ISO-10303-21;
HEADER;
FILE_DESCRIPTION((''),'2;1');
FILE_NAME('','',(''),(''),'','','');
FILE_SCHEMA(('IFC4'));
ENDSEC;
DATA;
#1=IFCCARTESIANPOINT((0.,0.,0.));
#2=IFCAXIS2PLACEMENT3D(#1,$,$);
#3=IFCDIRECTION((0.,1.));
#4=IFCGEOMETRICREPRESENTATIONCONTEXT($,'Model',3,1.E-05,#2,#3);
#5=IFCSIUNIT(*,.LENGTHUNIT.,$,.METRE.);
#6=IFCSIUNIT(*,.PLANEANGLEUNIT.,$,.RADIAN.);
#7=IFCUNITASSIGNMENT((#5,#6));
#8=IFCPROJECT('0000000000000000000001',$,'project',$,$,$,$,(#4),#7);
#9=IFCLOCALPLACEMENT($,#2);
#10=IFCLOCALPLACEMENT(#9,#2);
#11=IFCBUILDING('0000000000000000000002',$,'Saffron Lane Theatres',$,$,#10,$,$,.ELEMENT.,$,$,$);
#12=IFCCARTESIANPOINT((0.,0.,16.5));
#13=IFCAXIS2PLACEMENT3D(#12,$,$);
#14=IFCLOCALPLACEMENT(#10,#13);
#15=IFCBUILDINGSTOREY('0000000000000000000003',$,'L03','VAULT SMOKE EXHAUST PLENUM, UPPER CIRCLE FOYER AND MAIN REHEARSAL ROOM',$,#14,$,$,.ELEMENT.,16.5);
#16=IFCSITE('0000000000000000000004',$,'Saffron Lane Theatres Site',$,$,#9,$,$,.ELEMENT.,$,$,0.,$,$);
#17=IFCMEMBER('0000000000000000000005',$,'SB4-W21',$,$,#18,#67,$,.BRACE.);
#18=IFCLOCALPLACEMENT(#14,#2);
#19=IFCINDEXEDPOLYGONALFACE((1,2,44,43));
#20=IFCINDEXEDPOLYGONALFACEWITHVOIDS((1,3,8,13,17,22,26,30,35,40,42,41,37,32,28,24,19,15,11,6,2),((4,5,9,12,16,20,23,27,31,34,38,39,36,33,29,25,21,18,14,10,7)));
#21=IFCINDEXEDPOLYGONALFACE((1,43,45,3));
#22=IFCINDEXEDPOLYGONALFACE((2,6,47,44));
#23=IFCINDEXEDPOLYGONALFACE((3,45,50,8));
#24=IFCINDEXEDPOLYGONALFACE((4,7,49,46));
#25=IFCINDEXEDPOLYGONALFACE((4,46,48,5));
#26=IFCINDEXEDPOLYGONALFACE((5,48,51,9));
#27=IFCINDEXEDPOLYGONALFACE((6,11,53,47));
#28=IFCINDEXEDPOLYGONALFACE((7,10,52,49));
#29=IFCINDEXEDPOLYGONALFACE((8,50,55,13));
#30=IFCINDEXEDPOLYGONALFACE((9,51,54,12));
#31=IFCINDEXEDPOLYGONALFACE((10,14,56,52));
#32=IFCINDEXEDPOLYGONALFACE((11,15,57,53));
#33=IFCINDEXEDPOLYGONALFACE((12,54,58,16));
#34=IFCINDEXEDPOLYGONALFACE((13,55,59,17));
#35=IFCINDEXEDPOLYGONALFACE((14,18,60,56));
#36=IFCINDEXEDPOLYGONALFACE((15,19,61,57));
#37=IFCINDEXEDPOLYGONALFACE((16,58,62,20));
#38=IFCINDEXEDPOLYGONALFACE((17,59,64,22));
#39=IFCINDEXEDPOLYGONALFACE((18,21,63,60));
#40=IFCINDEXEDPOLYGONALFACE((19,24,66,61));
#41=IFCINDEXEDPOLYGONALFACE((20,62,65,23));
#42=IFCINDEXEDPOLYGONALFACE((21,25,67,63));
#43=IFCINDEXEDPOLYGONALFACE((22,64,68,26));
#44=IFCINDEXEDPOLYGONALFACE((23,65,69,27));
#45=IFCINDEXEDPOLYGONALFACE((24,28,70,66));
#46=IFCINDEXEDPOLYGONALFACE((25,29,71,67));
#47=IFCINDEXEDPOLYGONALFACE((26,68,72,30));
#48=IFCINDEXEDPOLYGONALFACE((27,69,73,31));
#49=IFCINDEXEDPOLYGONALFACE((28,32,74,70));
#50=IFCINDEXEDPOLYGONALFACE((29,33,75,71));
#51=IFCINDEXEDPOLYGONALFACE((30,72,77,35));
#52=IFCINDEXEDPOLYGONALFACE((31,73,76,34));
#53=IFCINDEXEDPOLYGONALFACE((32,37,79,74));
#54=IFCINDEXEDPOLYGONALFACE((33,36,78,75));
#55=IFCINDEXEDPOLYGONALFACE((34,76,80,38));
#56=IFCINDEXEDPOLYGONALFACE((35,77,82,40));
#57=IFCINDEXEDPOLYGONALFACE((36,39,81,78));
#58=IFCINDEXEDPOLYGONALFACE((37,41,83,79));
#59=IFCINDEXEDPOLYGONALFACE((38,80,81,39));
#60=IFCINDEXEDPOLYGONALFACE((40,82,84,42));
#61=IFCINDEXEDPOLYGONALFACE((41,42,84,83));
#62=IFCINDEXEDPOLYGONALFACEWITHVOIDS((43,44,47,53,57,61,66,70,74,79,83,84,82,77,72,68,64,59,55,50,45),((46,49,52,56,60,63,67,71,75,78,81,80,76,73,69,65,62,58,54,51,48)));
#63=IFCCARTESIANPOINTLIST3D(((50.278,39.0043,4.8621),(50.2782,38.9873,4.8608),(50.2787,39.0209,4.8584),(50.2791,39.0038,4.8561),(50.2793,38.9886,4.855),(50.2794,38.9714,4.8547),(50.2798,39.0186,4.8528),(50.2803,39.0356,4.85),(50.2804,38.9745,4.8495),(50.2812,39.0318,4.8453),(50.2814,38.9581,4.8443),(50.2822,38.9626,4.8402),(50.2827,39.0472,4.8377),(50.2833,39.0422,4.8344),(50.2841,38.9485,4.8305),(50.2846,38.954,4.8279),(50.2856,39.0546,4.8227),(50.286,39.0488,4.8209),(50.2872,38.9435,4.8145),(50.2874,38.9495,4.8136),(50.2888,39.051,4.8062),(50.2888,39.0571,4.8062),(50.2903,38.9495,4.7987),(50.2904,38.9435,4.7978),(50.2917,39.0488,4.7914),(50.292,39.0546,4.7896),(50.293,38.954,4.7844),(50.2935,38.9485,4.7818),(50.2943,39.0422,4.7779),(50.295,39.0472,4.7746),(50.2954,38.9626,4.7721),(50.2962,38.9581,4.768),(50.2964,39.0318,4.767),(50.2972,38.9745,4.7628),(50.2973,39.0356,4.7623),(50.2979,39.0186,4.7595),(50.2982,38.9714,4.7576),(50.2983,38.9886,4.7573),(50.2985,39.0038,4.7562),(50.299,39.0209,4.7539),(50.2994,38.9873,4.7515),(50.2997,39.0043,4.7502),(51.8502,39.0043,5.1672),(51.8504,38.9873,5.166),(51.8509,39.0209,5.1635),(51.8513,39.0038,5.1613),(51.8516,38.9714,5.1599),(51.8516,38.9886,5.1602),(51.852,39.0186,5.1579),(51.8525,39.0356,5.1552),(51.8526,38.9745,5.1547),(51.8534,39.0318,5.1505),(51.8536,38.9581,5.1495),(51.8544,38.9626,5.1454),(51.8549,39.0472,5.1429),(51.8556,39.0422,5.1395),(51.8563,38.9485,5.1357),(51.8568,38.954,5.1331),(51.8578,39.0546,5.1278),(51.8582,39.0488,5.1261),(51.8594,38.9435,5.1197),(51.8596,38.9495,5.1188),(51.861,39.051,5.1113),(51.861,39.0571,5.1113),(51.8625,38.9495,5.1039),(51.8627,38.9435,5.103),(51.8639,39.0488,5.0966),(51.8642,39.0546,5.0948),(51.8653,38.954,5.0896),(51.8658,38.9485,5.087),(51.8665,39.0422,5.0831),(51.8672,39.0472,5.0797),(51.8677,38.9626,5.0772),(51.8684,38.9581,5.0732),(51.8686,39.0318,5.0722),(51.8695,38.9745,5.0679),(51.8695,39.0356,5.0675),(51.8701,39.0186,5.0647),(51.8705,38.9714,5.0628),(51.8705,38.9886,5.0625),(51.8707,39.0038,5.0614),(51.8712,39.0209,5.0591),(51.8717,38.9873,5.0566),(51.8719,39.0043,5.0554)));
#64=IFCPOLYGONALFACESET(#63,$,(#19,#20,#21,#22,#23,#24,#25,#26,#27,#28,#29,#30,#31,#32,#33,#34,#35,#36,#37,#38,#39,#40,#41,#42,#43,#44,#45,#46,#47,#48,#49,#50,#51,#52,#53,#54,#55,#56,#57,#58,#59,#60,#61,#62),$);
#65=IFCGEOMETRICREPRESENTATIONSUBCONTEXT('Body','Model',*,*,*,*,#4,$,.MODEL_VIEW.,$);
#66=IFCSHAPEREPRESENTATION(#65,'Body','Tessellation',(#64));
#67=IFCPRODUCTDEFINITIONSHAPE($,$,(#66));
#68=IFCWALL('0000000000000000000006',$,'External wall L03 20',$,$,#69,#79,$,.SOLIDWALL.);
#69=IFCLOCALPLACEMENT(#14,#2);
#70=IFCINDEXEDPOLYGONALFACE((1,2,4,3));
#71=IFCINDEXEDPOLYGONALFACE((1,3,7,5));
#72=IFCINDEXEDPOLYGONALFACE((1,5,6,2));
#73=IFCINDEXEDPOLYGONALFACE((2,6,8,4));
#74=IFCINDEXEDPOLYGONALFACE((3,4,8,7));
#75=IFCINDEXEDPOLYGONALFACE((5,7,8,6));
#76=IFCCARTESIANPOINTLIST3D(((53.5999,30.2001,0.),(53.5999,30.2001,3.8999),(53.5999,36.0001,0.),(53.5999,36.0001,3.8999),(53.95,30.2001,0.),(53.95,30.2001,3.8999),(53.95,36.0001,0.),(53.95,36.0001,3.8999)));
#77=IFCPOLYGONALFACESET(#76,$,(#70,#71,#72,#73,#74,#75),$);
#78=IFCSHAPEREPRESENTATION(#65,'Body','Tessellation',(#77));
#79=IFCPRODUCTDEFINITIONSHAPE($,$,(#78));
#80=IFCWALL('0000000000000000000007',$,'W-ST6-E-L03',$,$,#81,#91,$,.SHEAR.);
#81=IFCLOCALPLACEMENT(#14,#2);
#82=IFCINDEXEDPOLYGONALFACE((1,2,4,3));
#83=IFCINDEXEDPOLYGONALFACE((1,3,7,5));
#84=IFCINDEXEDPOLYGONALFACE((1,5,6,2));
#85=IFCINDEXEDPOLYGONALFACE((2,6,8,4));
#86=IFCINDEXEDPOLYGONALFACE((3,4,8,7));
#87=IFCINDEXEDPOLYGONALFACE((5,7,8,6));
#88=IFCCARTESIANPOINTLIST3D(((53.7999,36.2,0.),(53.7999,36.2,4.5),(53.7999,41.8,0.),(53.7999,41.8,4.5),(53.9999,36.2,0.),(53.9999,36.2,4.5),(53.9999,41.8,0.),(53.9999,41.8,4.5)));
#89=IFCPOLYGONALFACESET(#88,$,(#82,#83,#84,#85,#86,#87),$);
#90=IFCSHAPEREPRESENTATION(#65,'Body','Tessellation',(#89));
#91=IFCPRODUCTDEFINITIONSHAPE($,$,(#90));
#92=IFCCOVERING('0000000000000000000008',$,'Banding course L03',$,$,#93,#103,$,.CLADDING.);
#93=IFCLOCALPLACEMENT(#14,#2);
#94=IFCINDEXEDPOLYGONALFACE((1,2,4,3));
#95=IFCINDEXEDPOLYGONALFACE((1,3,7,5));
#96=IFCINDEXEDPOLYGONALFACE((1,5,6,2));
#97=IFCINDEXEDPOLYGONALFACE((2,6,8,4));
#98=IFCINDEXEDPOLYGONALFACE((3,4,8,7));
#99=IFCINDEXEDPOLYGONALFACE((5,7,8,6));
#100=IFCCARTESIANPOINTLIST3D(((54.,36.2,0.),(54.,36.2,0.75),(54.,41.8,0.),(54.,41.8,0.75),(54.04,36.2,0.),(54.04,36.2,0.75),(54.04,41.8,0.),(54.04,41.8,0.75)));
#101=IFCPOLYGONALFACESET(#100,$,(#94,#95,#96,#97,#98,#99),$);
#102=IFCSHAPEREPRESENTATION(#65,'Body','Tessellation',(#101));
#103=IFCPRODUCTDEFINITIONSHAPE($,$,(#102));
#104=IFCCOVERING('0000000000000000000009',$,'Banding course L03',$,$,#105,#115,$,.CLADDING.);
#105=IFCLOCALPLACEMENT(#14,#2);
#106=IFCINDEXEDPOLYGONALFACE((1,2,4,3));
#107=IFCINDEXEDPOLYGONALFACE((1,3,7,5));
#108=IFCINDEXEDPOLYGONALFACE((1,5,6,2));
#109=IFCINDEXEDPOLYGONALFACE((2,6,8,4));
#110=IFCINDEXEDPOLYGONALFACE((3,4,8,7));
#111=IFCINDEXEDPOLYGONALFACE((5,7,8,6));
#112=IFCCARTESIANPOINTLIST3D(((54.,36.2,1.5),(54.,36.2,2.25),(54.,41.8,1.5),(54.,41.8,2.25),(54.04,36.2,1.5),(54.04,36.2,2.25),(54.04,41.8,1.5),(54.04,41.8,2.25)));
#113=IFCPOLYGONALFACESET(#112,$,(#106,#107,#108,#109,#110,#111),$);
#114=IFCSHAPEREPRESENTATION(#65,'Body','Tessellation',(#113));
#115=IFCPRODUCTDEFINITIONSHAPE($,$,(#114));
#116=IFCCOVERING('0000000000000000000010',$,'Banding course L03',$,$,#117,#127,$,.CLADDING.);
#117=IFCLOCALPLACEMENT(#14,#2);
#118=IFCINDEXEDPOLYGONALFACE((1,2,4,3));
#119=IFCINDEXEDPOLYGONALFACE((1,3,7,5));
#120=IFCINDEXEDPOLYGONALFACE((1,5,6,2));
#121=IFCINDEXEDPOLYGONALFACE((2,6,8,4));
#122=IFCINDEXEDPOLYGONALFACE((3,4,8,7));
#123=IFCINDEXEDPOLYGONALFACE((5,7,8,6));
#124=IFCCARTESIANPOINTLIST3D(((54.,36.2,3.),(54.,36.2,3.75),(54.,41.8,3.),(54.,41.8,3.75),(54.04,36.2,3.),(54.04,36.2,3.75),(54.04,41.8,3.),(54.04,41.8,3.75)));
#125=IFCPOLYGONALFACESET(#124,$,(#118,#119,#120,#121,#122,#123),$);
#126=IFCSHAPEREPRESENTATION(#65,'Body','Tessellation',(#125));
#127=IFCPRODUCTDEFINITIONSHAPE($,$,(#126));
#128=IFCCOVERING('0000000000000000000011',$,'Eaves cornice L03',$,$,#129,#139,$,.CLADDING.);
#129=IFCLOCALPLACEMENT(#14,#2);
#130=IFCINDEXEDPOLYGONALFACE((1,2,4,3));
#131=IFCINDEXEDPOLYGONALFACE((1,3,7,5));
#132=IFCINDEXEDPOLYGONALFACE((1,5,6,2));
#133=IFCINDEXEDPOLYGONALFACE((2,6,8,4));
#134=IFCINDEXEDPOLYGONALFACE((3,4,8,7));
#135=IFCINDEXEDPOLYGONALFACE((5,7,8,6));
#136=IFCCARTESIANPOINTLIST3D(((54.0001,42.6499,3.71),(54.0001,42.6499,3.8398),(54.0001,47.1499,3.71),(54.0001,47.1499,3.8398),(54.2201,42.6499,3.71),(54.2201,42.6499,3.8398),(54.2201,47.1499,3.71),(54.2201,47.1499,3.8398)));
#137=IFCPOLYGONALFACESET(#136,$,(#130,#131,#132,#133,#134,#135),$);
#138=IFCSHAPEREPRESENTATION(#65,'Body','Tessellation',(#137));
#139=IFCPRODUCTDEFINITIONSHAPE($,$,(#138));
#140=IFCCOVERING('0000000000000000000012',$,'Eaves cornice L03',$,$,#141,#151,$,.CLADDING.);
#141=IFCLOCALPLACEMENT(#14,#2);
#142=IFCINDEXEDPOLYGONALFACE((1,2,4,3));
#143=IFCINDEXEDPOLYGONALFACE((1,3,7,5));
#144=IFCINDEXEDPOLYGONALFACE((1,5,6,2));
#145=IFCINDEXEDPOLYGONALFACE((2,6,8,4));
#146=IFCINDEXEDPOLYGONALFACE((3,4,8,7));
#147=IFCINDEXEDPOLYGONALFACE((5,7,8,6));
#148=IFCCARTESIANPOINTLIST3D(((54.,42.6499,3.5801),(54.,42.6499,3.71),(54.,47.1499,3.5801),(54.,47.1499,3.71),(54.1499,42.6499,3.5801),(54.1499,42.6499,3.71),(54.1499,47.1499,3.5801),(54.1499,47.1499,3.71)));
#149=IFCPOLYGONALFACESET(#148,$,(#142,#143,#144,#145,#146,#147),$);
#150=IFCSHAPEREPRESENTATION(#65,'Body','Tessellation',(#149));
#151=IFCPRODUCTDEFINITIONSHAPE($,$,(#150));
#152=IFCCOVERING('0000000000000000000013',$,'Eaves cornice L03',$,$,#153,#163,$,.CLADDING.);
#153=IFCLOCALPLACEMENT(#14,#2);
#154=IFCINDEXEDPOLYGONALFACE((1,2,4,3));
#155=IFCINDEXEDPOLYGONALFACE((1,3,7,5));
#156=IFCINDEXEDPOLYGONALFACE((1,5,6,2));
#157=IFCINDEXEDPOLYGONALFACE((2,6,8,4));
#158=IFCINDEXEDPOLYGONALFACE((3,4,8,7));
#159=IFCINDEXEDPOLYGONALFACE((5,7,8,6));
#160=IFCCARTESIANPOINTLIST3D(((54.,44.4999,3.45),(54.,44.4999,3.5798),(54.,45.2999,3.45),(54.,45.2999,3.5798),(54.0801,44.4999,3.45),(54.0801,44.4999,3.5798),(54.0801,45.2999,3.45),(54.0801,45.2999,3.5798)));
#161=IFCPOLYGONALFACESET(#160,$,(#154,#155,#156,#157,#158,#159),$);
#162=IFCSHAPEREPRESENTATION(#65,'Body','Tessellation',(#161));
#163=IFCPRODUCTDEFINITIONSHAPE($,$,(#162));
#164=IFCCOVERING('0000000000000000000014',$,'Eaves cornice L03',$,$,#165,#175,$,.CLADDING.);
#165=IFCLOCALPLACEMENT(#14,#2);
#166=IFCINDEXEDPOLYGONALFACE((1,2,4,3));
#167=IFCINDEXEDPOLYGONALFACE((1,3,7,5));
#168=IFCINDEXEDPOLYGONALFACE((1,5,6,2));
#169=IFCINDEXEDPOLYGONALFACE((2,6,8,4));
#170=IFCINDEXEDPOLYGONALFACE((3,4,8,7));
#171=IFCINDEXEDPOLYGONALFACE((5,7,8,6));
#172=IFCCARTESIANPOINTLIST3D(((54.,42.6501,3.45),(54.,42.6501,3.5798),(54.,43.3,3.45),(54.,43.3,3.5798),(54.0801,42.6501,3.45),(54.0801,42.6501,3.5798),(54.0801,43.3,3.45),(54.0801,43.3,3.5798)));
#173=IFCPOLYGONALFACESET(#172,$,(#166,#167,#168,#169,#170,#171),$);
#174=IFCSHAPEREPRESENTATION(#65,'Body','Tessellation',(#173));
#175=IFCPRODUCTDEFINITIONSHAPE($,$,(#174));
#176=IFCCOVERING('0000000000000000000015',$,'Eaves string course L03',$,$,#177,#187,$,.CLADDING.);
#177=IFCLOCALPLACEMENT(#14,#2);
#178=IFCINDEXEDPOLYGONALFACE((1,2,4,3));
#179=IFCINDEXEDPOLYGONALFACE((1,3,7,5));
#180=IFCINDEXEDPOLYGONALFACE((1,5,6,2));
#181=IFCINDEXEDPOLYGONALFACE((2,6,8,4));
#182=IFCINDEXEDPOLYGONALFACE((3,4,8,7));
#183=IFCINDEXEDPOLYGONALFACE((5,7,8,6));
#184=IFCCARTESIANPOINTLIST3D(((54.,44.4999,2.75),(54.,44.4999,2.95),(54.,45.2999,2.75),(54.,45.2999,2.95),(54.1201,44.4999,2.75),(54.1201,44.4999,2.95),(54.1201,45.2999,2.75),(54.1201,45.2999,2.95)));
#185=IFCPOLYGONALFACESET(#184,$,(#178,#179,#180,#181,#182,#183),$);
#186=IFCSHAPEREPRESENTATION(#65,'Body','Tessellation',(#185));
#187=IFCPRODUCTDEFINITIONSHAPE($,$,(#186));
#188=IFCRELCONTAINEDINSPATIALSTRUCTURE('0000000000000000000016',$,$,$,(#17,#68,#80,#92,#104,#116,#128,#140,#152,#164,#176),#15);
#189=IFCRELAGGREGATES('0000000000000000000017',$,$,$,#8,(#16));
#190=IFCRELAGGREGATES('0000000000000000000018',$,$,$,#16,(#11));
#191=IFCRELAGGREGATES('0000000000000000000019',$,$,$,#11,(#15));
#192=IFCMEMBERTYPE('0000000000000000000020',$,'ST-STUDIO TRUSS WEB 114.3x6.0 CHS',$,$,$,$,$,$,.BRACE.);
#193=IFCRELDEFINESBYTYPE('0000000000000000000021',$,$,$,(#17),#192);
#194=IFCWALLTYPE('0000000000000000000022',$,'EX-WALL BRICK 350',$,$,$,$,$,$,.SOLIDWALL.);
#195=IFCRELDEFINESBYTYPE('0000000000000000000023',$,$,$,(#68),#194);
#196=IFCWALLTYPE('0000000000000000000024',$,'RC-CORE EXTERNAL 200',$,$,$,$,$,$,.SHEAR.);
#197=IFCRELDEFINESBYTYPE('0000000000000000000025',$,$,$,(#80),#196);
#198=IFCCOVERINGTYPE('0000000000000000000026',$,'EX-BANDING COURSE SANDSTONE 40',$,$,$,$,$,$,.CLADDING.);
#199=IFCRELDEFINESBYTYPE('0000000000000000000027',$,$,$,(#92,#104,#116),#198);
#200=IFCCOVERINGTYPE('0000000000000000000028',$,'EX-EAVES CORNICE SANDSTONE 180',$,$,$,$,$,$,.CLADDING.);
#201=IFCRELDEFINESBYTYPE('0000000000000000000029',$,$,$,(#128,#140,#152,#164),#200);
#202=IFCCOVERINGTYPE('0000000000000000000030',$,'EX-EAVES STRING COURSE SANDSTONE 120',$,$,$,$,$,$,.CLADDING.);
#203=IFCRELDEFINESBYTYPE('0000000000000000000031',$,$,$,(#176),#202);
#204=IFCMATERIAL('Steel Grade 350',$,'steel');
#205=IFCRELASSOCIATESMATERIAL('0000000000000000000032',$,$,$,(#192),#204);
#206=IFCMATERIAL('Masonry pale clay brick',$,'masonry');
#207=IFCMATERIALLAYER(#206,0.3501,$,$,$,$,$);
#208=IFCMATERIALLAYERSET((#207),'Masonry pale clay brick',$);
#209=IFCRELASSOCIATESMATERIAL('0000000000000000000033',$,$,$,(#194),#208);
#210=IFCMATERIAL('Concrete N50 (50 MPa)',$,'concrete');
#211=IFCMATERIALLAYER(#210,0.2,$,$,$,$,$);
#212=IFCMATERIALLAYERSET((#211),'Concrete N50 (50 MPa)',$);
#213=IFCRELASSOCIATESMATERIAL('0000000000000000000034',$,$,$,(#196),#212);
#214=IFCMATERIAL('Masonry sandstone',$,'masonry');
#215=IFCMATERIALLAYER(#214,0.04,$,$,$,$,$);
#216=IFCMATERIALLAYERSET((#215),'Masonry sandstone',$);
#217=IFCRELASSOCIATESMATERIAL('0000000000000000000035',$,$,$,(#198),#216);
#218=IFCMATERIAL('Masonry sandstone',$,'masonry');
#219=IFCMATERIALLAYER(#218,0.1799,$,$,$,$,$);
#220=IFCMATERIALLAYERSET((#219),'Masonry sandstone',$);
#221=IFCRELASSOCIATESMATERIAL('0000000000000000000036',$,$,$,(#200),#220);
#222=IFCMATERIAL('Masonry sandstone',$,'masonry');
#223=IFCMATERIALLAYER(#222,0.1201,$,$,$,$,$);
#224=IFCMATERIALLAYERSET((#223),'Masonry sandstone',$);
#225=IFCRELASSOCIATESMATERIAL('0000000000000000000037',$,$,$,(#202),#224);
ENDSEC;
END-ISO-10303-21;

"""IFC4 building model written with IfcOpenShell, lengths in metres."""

from ifc_helpers import new_model, si_unit, direction, frame, frame_2d, origin, origin_2d, place, context, subcontext, project, spatial, rectangle, hollow_circle, extrude, material, layer, layer_set, material_profile, profile_set, type_object, element, save


model = new_model("IFC4")

# Units and contexts
model_context = context("Model", 3, precision=1e-05, world=origin(), true_north=direction((0.0, 1.0)))
body_context = subcontext(model_context, "Body", "Model", "MODEL_VIEW")
ifc_project = project(units=[si_unit("LENGTHUNIT", "METRE"), si_unit("PLANEANGLEUNIT", "RADIAN")], contexts=[model_context])

# Site, building, storey
site_placement = place(None, origin())
site = spatial("IfcSite", under=ifc_project, at=site_placement, Name="Saffron Lane Theatres Site", CompositionType="ELEMENT", RefElevation=0.0)
building_placement = place(site_placement, origin())
building = spatial("IfcBuilding", under=site, at=building_placement, Name="Saffron Lane Theatres", CompositionType="ELEMENT")
storey_placement = place(building_placement, frame((0.0, 0.0, 16.5)))
storey = spatial("IfcBuildingStorey", under=building, at=storey_placement, Name="L03", Description="VAULT SMOKE EXHAUST PLENUM, UPPER CIRCLE FOYER AND MAIN REHEARSAL ROOM", CompositionType="ELEMENT", Elevation=16.5)

# Member
ifc_material_1 = material(Name="Steel Grade 350", Category="steel")
ifc_material_profile_1 = material_profile(ifc_material_1, hollow_circle(Radius=0.0571, WallThickness=0.0061, at=origin_2d()))
ifc_profile_set_1 = profile_set([ifc_material_profile_1], Name="Steel Grade 350")
member_type_1 = type_object("IfcMemberType", Name="ST-STUDIO TRUSS WEB 114.3x6.0 CHS", PredefinedType="BRACE", material=ifc_profile_set_1)
member_1_placement = place(storey_placement, frame((50.2888, 39.0, 4.8062), z_axis=(0.981679, 0.0, 0.190543), x_axis=(0.0, 1.0, 0.0)))
element("IfcMember", 1, at=member_1_placement, inside=storey, type_object=member_type_1, Name="SB4-W21", PredefinedType="BRACE", context=body_context, shape_type="SweptSolid", body=[
    extrude(hollow_circle(Radius=0.0571, WallThickness=0.0061, at=origin_2d()), origin(), (0.0, 0.0, 1.0), 1.6016),
])

# Walls
ifc_material_2 = material(Name="Masonry pale clay brick", Category="masonry")
ifc_layer_1 = layer(ifc_material_2, 0.3501)
ifc_layer_set_1 = layer_set([ifc_layer_1], Name="Masonry pale clay brick")
wall_type_1 = type_object("IfcWallType", Name="EX-WALL BRICK 350", PredefinedType="SOLIDWALL", material=ifc_layer_set_1)
wall_1_placement = place(storey_placement, frame((53.7749, 36.0, 0.0), z_axis=(0.0, 0.0, 1.0), x_axis=(0.0, -1.0, 0.0)))
element("IfcWall", 2, at=wall_1_placement, inside=storey, type_object=wall_type_1, Name="External wall L03 20", PredefinedType="SOLIDWALL", context=body_context, shape_type="SweptSolid", body=[
    extrude(rectangle(XDim=5.8, YDim=0.3501, at=frame_2d((2.8999, 0.0))), origin(), (0.0, 0.0, 1.0), 3.8999),
])
ifc_material_3 = material(Name="Concrete N50 (50 MPa)", Category="concrete")
ifc_layer_2 = layer(ifc_material_3, 0.2)
ifc_layer_set_2 = layer_set([ifc_layer_2], Name="Concrete N50 (50 MPa)")
wall_type_2 = type_object("IfcWallType", Name="RC-CORE EXTERNAL 200", PredefinedType="SHEAR", material=ifc_layer_set_2)
wall_2_placement = place(storey_placement, frame((53.8999, 36.2, 0.0), z_axis=(0.0, 0.0, 1.0), x_axis=(0.0, 1.0, 0.0)))
element("IfcWall", 3, at=wall_2_placement, inside=storey, type_object=wall_type_2, Name="W-ST6-E-L03", PredefinedType="SHEAR", context=body_context, shape_type="SweptSolid", body=[
    extrude(rectangle(XDim=5.6001, YDim=0.2, at=frame_2d((2.8, 0.0))), origin(), (0.0, 0.0, 1.0), 4.5),
])

# Coverings
ifc_material_4 = material(Name="Masonry sandstone", Category="masonry")
ifc_layer_3 = layer(ifc_material_4, 0.04)
ifc_layer_set_3 = layer_set([ifc_layer_3], Name="Masonry sandstone")
covering_type_1 = type_object("IfcCoveringType", Name="EX-BANDING COURSE SANDSTONE 40", PredefinedType="CLADDING", material=ifc_layer_set_3)
for number, where, z_axis, x_axis, name in (
    (4, (54.02, 39.0, 0.0), (0.0, 0.0, 1.0), (0.0, 1.0, 0.0), "Banding course L03"),
    (5, (54.02, 39.0, 1.5), (0.0, 0.0, 1.0), (0.0, 1.0, 0.0), "Banding course L03"),
    (6, (54.02, 39.0, 3.0), (0.0, 0.0, 1.0), (0.0, 1.0, 0.0), "Banding course L03"),
):
    element("IfcCovering", number, at=place(storey_placement, frame(where, z_axis=z_axis, x_axis=x_axis)), inside=storey, type_object=covering_type_1, Name=name, PredefinedType="CLADDING", context=body_context, shape_type="SweptSolid", body=[
        extrude(rectangle(XDim=5.6001, YDim=0.04, at=origin_2d()), origin(), (0.0, 0.0, 1.0), 0.75),
    ])
ifc_material_5 = material(Name="Masonry sandstone", Category="masonry")
ifc_layer_4 = layer(ifc_material_5, 0.1799)
ifc_layer_set_4 = layer_set([ifc_layer_4], Name="Masonry sandstone")
covering_type_2 = type_object("IfcCoveringType", Name="EX-EAVES CORNICE SANDSTONE 180", PredefinedType="CLADDING", material=ifc_layer_set_4)
covering_1_placement = place(storey_placement, frame((54.1101, 44.8999, 3.71), z_axis=(0.0, 0.0, 1.0), x_axis=(0.0, -1.0, 0.0)))
element("IfcCovering", 7, at=covering_1_placement, inside=storey, type_object=covering_type_2, Name="Eaves cornice L03", PredefinedType="CLADDING", context=body_context, shape_type="SweptSolid", body=[
    extrude(rectangle(XDim=4.5, YDim=0.22, at=origin_2d()), origin(), (0.0, 0.0, 1.0), 0.1299),
])
covering_2_placement = place(storey_placement, frame((54.075, 44.8999, 3.5801), z_axis=(0.0, 0.0, 1.0), x_axis=(0.0, -1.0, 0.0)))
element("IfcCovering", 8, at=covering_2_placement, inside=storey, type_object=covering_type_2, Name="Eaves cornice L03", PredefinedType="CLADDING", context=body_context, shape_type="SweptSolid", body=[
    extrude(rectangle(XDim=4.5, YDim=0.1499, at=origin_2d()), origin(), (0.0, 0.0, 1.0), 0.1299),
])
covering_3_placement = place(storey_placement, frame((54.04, 44.8999, 3.45), z_axis=(0.0, 0.0, 1.0), x_axis=(0.0, -1.0, 0.0)))
element("IfcCovering", 9, at=covering_3_placement, inside=storey, type_object=covering_type_2, Name="Eaves cornice L03", PredefinedType="CLADDING", context=body_context, shape_type="SweptSolid", body=[
    extrude(rectangle(XDim=0.8, YDim=0.0801, at=origin_2d()), origin(), (0.0, 0.0, 1.0), 0.1299),
])
covering_4_placement = place(storey_placement, frame((54.04, 42.9751, 3.45), z_axis=(0.0, 0.0, 1.0), x_axis=(0.0, -1.0, 0.0)))
element("IfcCovering", 10, at=covering_4_placement, inside=storey, type_object=covering_type_2, Name="Eaves cornice L03", PredefinedType="CLADDING", context=body_context, shape_type="SweptSolid", body=[
    extrude(rectangle(XDim=0.6499, YDim=0.0801, at=origin_2d()), origin(), (0.0, 0.0, 1.0), 0.1299),
])
ifc_material_6 = material(Name="Masonry sandstone", Category="masonry")
ifc_layer_5 = layer(ifc_material_6, 0.1201)
ifc_layer_set_5 = layer_set([ifc_layer_5], Name="Masonry sandstone")
covering_type_3 = type_object("IfcCoveringType", Name="EX-EAVES STRING COURSE SANDSTONE 120", PredefinedType="CLADDING", material=ifc_layer_set_5)
covering_5_placement = place(storey_placement, frame((54.0601, 44.8999, 2.75), z_axis=(0.0, 0.0, 1.0), x_axis=(0.0, -1.0, 0.0)))
element("IfcCovering", 11, at=covering_5_placement, inside=storey, type_object=covering_type_3, Name="Eaves string course L03", PredefinedType="CLADDING", context=body_context, shape_type="SweptSolid", body=[
    extrude(rectangle(XDim=0.8, YDim=0.1201, at=origin_2d()), origin(), (0.0, 0.0, 1.0), 0.2),
])

save(model, "model.ifc")
